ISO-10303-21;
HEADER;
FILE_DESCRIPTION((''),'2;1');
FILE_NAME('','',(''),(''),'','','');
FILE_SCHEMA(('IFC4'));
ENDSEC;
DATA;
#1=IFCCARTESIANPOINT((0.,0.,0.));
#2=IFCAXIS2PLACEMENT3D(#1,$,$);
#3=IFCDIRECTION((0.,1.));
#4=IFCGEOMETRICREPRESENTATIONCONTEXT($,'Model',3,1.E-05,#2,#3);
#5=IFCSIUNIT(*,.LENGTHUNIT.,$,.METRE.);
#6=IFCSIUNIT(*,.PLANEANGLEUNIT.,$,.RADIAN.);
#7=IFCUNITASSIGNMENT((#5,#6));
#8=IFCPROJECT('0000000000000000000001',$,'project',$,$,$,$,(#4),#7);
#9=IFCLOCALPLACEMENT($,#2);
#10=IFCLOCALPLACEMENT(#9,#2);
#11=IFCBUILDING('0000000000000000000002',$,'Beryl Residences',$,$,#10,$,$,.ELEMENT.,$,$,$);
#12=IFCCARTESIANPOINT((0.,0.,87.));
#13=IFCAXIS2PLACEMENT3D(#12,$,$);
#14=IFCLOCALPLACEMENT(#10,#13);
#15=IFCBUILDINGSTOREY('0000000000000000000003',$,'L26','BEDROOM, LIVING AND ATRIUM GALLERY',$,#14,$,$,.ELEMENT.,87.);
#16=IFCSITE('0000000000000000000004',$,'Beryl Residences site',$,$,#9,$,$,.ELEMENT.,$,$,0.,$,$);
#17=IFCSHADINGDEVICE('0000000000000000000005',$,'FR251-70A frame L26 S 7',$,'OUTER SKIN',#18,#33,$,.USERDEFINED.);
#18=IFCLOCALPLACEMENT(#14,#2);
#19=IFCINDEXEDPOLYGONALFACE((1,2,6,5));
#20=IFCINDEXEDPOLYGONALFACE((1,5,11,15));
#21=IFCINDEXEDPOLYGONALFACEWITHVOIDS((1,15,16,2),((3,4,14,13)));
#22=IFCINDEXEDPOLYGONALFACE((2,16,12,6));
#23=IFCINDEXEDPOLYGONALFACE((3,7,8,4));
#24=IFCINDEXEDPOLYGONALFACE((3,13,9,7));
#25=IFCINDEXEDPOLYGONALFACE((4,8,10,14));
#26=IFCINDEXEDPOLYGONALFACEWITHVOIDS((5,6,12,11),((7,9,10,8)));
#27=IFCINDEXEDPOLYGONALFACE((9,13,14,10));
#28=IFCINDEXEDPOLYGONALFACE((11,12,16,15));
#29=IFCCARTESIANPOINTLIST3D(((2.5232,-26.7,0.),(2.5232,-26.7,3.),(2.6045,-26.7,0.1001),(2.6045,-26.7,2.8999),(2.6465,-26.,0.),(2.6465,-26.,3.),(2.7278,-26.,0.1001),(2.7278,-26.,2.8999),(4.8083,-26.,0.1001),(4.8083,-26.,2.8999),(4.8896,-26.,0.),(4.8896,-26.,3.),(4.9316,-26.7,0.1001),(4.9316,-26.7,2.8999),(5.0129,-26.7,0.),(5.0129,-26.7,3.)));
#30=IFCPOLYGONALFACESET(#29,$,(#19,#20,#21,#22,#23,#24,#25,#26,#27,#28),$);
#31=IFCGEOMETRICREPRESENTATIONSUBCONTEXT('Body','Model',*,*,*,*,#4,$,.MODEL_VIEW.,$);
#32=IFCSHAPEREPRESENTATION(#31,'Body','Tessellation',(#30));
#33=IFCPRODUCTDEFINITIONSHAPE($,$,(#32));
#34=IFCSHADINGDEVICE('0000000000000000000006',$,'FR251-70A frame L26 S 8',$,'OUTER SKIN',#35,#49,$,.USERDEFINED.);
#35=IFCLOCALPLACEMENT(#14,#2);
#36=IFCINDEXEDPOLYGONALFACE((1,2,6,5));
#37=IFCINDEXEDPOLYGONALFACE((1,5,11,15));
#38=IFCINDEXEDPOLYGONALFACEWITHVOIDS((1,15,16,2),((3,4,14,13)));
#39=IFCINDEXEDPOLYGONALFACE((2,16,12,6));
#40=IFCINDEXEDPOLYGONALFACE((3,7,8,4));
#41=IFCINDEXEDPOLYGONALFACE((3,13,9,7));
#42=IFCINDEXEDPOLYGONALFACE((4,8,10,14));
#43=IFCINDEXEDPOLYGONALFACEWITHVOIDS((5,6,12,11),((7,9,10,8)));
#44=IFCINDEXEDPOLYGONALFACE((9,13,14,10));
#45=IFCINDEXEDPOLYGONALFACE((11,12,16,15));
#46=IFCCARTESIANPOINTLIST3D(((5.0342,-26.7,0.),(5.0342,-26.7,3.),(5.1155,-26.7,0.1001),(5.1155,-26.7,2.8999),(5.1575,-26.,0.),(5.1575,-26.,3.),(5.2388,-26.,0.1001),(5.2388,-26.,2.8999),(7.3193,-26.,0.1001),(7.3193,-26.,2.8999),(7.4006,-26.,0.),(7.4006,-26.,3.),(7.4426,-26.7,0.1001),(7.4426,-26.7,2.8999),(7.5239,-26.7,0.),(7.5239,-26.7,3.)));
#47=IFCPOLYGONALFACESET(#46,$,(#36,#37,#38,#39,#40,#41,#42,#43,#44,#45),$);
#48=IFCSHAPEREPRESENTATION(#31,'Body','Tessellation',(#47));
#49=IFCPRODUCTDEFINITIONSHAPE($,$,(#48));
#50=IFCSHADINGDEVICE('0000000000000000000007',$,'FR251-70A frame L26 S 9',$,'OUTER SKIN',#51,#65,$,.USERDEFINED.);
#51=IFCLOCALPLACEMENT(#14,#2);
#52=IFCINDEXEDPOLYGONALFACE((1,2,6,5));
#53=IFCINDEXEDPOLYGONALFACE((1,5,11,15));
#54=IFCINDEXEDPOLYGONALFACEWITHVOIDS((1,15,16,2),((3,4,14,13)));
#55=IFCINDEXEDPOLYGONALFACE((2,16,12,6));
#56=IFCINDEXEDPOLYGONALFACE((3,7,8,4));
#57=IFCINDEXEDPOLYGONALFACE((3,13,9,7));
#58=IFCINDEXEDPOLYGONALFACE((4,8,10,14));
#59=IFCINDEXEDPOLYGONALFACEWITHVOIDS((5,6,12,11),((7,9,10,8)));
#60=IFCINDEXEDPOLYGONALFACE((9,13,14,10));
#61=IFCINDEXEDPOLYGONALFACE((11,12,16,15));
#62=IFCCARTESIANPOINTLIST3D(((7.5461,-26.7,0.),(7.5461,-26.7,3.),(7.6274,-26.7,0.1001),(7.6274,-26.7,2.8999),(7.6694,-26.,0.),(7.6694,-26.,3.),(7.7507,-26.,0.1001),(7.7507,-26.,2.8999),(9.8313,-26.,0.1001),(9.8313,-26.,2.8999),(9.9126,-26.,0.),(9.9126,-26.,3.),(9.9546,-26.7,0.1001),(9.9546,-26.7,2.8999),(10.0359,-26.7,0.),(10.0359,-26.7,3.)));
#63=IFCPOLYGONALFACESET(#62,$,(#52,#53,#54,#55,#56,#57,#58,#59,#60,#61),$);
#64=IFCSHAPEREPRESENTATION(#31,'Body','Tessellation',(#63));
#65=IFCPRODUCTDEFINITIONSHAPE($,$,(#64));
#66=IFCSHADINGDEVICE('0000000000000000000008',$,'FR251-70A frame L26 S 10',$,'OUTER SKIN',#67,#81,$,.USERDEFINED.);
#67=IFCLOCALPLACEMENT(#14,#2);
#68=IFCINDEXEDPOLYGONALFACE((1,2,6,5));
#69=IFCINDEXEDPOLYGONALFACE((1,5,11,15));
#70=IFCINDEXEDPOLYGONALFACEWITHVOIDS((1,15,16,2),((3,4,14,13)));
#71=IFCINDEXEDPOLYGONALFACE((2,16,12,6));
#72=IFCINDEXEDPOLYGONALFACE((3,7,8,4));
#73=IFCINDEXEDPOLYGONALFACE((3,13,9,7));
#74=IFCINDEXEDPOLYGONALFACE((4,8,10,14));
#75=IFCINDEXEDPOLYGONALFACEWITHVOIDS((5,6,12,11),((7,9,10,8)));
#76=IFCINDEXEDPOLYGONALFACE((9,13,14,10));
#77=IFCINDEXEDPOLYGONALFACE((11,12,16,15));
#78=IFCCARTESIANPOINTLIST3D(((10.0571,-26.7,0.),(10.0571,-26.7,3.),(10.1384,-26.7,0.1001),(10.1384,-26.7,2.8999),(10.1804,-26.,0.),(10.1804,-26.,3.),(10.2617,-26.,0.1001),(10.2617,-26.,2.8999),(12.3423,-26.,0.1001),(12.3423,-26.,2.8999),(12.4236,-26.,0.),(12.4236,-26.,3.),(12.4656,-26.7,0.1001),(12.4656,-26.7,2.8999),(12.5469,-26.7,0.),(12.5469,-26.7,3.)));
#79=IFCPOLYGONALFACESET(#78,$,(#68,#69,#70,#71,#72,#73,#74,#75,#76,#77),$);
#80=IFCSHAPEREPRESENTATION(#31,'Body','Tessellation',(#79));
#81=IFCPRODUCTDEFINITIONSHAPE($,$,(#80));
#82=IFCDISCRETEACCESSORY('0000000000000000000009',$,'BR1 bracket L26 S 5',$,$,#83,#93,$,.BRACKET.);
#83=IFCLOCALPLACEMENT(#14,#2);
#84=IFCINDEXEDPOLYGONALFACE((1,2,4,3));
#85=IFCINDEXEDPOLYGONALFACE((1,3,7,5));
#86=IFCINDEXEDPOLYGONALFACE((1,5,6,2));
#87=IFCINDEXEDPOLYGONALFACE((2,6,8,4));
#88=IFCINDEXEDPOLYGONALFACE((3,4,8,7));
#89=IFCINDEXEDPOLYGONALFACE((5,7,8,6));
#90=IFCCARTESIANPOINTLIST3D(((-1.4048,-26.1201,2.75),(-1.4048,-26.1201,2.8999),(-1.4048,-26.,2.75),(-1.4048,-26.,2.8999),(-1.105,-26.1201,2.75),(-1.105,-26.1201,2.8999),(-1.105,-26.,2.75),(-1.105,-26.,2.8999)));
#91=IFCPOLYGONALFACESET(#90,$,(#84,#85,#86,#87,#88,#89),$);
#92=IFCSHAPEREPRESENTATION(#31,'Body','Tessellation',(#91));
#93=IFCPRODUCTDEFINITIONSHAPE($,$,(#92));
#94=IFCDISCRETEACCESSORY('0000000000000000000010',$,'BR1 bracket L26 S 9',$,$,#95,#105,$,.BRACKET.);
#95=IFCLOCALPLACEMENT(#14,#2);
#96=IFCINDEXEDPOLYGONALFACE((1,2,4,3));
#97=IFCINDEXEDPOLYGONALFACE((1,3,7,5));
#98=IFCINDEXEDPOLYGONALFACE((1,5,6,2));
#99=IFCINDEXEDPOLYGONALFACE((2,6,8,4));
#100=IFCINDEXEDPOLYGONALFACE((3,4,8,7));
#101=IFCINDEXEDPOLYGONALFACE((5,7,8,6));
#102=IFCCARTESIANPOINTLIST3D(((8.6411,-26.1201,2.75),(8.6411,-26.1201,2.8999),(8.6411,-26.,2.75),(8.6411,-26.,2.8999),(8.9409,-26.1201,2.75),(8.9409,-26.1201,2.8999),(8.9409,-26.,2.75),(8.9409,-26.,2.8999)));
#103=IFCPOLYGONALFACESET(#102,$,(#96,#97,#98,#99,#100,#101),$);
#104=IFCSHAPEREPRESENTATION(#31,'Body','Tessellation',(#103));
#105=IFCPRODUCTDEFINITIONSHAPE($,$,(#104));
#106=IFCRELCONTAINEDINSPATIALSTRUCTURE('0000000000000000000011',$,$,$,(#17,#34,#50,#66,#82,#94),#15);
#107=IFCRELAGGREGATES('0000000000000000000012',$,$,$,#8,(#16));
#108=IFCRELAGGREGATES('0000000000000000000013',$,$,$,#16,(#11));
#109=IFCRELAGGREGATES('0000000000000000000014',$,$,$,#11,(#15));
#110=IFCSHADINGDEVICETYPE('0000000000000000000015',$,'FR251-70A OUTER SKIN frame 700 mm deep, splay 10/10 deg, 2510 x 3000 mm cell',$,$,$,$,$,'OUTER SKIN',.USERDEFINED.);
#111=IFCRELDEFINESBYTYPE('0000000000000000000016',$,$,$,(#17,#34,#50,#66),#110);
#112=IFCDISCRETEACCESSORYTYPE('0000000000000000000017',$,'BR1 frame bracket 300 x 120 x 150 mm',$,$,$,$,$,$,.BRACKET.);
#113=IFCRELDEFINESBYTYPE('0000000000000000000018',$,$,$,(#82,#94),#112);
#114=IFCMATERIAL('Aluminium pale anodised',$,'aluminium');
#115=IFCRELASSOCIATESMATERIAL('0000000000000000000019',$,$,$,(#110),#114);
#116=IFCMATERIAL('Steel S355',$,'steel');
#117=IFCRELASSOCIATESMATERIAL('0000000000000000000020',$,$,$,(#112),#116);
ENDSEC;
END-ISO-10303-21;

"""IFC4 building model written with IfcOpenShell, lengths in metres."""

from ifc_helpers import new_model, entity, si_unit, direction, frame, origin, place, context, subcontext, project, spatial, polyline, outline, extrude, source, transform, mapped, material, type_object, type_shapes, element, save


model = new_model("IFC4")

# Units and contexts
model_context = context("Model", 3, precision=1e-05, world=origin(), true_north=direction((0.0, 1.0)))
body_context = subcontext(model_context, "Body", "Model", "MODEL_VIEW")
ifc_project = project(units=[si_unit("LENGTHUNIT", "METRE"), si_unit("PLANEANGLEUNIT", "RADIAN")], contexts=[model_context])

# Site, building, storey
site_placement = place(None, origin())
site = spatial("IfcSite", under=ifc_project, at=site_placement, Name="Beryl Residences site", CompositionType="ELEMENT", RefElevation=0.0)
building_placement = place(site_placement, origin())
building = spatial("IfcBuilding", under=site, at=building_placement, Name="Beryl Residences", CompositionType="ELEMENT")
storey_placement = place(building_placement, frame((0.0, 0.0, 87.0)))
storey = spatial("IfcBuildingStorey", under=building, at=storey_placement, Name="L26", Description="BEDROOM, LIVING AND ATRIUM GALLERY", CompositionType="ELEMENT", Elevation=87.0)

# Shading devices
ifc_material_1 = material(Name="Aluminium pale anodised", Category="aluminium")
shading_device_type = type_object("IfcShadingDeviceType", Name="FR251-70A OUTER SKIN frame 700 mm deep, splay 10/10 deg, 2510 x 3000 mm cell", ElementType="OUTER SKIN", PredefinedType="USERDEFINED", material=ifc_material_1)
cartesian_point_1 = entity("IfcCartesianPoint", [-1.1216, 0.0])
cartesian_point_2 = entity("IfcCartesianPoint", [-1.0403, 0.1001])
cartesian_point_3 = entity("IfcCartesianPoint", [-1.2449, 0.0])
cartesian_point_4 = entity("IfcCartesianPoint", [-1.1636, 0.1001])
shared_shape_1 = source(origin(), body_context, "Body", "SweptSolid", [
    entity("IfcExtrudedAreaSolidTapered", entity("IfcArbitraryProfileDefWithVoids", "AREA", None, entity("IfcPolyline", [cartesian_point_1, entity("IfcCartesianPoint", [1.1216, 0.0]), entity("IfcCartesianPoint", [1.1216, 3.0]), entity("IfcCartesianPoint", [-1.1216, 3.0]), cartesian_point_1]), [entity("IfcPolyline", [cartesian_point_2, entity("IfcCartesianPoint", [1.0403, 0.1001]), entity("IfcCartesianPoint", [1.0403, 2.8999]), entity("IfcCartesianPoint", [-1.0403, 2.8999]), cartesian_point_2])]), entity("IfcAxis2Placement3D", entity("IfcCartesianPoint", [0.0, 0.0, 0.0]), entity("IfcDirection", [0.0, 1.0, 0.0]), entity("IfcDirection", [-1.0, 0.0, 0.0])), entity("IfcDirection", [0.0, 0.0, 1.0]), 0.7, entity("IfcArbitraryProfileDefWithVoids", "AREA", None, entity("IfcPolyline", [cartesian_point_3, entity("IfcCartesianPoint", [1.2449, 0.0]), entity("IfcCartesianPoint", [1.2449, 3.0]), entity("IfcCartesianPoint", [-1.2449, 3.0]), cartesian_point_3]), [entity("IfcPolyline", [cartesian_point_4, entity("IfcCartesianPoint", [1.1636, 0.1001]), entity("IfcCartesianPoint", [1.1636, 2.8999]), entity("IfcCartesianPoint", [-1.1636, 2.8999]), cartesian_point_4])])),
])
type_shapes(shading_device_type, [shared_shape_1])
for number, where, z_axis, x_axis, name in (
    (1, (3.7681, -26.0, 0.0), (0.0, 0.0, 1.0), (-1.0, 0.0, 0.0), "FR251-70A frame L26 S 7"),
    (2, (6.2791, -26.0, 0.0), (0.0, 0.0, 1.0), (-1.0, 0.0, 0.0), "FR251-70A frame L26 S 8"),
    (3, (8.791, -26.0, 0.0), (0.0, 0.0, 1.0), (-1.0, 0.0, 0.0), "FR251-70A frame L26 S 9"),
    (4, (11.302, -26.0, 0.0), (0.0, 0.0, 1.0), (-1.0, 0.0, 0.0), "FR251-70A frame L26 S 10"),
):
    element("IfcShadingDevice", number, at=place(storey_placement, frame(where, z_axis=z_axis, x_axis=x_axis)), inside=storey, type_object=shading_device_type, Name=name, ObjectType="OUTER SKIN", PredefinedType="USERDEFINED", context=body_context, shape_type="MappedRepresentation", body=[
        mapped(shared_shape_1, transform((0.0, 0.0, 0.0))),
    ])

# Discrete accessories
ifc_material_2 = material(Name="Steel S355", Category="steel")
discrete_accessory_type = type_object("IfcDiscreteAccessoryType", Name="BR1 frame bracket 300 x 120 x 150 mm", PredefinedType="BRACKET", material=ifc_material_2)
shared_shape_2 = source(origin(), body_context, "Body", "SweptSolid", [
    extrude(outline(polyline([(-0.1499, 0.0), (0.1499, 0.0), (0.1499, 0.1201), (-0.1499, 0.1201), (-0.1499, 0.0)])), origin(), (0.0, 0.0, 1.0), 0.1499),
])
type_shapes(discrete_accessory_type, [shared_shape_2])
for number, where, z_axis, x_axis, name in (
    (5, (-1.2549, -26.0, 2.75), (0.0, 0.0, 1.0), (-1.0, 0.0, 0.0), "BR1 bracket L26 S 5"),
    (6, (8.791, -26.0, 2.75), (0.0, 0.0, 1.0), (-1.0, 0.0, 0.0), "BR1 bracket L26 S 9"),
):
    element("IfcDiscreteAccessory", number, at=place(storey_placement, frame(where, z_axis=z_axis, x_axis=x_axis)), inside=storey, type_object=discrete_accessory_type, Name=name, PredefinedType="BRACKET", context=body_context, shape_type="MappedRepresentation", body=[
        mapped(shared_shape_2, transform((0.0, 0.0, 0.0))),
    ])

save(model, "model.ifc")
